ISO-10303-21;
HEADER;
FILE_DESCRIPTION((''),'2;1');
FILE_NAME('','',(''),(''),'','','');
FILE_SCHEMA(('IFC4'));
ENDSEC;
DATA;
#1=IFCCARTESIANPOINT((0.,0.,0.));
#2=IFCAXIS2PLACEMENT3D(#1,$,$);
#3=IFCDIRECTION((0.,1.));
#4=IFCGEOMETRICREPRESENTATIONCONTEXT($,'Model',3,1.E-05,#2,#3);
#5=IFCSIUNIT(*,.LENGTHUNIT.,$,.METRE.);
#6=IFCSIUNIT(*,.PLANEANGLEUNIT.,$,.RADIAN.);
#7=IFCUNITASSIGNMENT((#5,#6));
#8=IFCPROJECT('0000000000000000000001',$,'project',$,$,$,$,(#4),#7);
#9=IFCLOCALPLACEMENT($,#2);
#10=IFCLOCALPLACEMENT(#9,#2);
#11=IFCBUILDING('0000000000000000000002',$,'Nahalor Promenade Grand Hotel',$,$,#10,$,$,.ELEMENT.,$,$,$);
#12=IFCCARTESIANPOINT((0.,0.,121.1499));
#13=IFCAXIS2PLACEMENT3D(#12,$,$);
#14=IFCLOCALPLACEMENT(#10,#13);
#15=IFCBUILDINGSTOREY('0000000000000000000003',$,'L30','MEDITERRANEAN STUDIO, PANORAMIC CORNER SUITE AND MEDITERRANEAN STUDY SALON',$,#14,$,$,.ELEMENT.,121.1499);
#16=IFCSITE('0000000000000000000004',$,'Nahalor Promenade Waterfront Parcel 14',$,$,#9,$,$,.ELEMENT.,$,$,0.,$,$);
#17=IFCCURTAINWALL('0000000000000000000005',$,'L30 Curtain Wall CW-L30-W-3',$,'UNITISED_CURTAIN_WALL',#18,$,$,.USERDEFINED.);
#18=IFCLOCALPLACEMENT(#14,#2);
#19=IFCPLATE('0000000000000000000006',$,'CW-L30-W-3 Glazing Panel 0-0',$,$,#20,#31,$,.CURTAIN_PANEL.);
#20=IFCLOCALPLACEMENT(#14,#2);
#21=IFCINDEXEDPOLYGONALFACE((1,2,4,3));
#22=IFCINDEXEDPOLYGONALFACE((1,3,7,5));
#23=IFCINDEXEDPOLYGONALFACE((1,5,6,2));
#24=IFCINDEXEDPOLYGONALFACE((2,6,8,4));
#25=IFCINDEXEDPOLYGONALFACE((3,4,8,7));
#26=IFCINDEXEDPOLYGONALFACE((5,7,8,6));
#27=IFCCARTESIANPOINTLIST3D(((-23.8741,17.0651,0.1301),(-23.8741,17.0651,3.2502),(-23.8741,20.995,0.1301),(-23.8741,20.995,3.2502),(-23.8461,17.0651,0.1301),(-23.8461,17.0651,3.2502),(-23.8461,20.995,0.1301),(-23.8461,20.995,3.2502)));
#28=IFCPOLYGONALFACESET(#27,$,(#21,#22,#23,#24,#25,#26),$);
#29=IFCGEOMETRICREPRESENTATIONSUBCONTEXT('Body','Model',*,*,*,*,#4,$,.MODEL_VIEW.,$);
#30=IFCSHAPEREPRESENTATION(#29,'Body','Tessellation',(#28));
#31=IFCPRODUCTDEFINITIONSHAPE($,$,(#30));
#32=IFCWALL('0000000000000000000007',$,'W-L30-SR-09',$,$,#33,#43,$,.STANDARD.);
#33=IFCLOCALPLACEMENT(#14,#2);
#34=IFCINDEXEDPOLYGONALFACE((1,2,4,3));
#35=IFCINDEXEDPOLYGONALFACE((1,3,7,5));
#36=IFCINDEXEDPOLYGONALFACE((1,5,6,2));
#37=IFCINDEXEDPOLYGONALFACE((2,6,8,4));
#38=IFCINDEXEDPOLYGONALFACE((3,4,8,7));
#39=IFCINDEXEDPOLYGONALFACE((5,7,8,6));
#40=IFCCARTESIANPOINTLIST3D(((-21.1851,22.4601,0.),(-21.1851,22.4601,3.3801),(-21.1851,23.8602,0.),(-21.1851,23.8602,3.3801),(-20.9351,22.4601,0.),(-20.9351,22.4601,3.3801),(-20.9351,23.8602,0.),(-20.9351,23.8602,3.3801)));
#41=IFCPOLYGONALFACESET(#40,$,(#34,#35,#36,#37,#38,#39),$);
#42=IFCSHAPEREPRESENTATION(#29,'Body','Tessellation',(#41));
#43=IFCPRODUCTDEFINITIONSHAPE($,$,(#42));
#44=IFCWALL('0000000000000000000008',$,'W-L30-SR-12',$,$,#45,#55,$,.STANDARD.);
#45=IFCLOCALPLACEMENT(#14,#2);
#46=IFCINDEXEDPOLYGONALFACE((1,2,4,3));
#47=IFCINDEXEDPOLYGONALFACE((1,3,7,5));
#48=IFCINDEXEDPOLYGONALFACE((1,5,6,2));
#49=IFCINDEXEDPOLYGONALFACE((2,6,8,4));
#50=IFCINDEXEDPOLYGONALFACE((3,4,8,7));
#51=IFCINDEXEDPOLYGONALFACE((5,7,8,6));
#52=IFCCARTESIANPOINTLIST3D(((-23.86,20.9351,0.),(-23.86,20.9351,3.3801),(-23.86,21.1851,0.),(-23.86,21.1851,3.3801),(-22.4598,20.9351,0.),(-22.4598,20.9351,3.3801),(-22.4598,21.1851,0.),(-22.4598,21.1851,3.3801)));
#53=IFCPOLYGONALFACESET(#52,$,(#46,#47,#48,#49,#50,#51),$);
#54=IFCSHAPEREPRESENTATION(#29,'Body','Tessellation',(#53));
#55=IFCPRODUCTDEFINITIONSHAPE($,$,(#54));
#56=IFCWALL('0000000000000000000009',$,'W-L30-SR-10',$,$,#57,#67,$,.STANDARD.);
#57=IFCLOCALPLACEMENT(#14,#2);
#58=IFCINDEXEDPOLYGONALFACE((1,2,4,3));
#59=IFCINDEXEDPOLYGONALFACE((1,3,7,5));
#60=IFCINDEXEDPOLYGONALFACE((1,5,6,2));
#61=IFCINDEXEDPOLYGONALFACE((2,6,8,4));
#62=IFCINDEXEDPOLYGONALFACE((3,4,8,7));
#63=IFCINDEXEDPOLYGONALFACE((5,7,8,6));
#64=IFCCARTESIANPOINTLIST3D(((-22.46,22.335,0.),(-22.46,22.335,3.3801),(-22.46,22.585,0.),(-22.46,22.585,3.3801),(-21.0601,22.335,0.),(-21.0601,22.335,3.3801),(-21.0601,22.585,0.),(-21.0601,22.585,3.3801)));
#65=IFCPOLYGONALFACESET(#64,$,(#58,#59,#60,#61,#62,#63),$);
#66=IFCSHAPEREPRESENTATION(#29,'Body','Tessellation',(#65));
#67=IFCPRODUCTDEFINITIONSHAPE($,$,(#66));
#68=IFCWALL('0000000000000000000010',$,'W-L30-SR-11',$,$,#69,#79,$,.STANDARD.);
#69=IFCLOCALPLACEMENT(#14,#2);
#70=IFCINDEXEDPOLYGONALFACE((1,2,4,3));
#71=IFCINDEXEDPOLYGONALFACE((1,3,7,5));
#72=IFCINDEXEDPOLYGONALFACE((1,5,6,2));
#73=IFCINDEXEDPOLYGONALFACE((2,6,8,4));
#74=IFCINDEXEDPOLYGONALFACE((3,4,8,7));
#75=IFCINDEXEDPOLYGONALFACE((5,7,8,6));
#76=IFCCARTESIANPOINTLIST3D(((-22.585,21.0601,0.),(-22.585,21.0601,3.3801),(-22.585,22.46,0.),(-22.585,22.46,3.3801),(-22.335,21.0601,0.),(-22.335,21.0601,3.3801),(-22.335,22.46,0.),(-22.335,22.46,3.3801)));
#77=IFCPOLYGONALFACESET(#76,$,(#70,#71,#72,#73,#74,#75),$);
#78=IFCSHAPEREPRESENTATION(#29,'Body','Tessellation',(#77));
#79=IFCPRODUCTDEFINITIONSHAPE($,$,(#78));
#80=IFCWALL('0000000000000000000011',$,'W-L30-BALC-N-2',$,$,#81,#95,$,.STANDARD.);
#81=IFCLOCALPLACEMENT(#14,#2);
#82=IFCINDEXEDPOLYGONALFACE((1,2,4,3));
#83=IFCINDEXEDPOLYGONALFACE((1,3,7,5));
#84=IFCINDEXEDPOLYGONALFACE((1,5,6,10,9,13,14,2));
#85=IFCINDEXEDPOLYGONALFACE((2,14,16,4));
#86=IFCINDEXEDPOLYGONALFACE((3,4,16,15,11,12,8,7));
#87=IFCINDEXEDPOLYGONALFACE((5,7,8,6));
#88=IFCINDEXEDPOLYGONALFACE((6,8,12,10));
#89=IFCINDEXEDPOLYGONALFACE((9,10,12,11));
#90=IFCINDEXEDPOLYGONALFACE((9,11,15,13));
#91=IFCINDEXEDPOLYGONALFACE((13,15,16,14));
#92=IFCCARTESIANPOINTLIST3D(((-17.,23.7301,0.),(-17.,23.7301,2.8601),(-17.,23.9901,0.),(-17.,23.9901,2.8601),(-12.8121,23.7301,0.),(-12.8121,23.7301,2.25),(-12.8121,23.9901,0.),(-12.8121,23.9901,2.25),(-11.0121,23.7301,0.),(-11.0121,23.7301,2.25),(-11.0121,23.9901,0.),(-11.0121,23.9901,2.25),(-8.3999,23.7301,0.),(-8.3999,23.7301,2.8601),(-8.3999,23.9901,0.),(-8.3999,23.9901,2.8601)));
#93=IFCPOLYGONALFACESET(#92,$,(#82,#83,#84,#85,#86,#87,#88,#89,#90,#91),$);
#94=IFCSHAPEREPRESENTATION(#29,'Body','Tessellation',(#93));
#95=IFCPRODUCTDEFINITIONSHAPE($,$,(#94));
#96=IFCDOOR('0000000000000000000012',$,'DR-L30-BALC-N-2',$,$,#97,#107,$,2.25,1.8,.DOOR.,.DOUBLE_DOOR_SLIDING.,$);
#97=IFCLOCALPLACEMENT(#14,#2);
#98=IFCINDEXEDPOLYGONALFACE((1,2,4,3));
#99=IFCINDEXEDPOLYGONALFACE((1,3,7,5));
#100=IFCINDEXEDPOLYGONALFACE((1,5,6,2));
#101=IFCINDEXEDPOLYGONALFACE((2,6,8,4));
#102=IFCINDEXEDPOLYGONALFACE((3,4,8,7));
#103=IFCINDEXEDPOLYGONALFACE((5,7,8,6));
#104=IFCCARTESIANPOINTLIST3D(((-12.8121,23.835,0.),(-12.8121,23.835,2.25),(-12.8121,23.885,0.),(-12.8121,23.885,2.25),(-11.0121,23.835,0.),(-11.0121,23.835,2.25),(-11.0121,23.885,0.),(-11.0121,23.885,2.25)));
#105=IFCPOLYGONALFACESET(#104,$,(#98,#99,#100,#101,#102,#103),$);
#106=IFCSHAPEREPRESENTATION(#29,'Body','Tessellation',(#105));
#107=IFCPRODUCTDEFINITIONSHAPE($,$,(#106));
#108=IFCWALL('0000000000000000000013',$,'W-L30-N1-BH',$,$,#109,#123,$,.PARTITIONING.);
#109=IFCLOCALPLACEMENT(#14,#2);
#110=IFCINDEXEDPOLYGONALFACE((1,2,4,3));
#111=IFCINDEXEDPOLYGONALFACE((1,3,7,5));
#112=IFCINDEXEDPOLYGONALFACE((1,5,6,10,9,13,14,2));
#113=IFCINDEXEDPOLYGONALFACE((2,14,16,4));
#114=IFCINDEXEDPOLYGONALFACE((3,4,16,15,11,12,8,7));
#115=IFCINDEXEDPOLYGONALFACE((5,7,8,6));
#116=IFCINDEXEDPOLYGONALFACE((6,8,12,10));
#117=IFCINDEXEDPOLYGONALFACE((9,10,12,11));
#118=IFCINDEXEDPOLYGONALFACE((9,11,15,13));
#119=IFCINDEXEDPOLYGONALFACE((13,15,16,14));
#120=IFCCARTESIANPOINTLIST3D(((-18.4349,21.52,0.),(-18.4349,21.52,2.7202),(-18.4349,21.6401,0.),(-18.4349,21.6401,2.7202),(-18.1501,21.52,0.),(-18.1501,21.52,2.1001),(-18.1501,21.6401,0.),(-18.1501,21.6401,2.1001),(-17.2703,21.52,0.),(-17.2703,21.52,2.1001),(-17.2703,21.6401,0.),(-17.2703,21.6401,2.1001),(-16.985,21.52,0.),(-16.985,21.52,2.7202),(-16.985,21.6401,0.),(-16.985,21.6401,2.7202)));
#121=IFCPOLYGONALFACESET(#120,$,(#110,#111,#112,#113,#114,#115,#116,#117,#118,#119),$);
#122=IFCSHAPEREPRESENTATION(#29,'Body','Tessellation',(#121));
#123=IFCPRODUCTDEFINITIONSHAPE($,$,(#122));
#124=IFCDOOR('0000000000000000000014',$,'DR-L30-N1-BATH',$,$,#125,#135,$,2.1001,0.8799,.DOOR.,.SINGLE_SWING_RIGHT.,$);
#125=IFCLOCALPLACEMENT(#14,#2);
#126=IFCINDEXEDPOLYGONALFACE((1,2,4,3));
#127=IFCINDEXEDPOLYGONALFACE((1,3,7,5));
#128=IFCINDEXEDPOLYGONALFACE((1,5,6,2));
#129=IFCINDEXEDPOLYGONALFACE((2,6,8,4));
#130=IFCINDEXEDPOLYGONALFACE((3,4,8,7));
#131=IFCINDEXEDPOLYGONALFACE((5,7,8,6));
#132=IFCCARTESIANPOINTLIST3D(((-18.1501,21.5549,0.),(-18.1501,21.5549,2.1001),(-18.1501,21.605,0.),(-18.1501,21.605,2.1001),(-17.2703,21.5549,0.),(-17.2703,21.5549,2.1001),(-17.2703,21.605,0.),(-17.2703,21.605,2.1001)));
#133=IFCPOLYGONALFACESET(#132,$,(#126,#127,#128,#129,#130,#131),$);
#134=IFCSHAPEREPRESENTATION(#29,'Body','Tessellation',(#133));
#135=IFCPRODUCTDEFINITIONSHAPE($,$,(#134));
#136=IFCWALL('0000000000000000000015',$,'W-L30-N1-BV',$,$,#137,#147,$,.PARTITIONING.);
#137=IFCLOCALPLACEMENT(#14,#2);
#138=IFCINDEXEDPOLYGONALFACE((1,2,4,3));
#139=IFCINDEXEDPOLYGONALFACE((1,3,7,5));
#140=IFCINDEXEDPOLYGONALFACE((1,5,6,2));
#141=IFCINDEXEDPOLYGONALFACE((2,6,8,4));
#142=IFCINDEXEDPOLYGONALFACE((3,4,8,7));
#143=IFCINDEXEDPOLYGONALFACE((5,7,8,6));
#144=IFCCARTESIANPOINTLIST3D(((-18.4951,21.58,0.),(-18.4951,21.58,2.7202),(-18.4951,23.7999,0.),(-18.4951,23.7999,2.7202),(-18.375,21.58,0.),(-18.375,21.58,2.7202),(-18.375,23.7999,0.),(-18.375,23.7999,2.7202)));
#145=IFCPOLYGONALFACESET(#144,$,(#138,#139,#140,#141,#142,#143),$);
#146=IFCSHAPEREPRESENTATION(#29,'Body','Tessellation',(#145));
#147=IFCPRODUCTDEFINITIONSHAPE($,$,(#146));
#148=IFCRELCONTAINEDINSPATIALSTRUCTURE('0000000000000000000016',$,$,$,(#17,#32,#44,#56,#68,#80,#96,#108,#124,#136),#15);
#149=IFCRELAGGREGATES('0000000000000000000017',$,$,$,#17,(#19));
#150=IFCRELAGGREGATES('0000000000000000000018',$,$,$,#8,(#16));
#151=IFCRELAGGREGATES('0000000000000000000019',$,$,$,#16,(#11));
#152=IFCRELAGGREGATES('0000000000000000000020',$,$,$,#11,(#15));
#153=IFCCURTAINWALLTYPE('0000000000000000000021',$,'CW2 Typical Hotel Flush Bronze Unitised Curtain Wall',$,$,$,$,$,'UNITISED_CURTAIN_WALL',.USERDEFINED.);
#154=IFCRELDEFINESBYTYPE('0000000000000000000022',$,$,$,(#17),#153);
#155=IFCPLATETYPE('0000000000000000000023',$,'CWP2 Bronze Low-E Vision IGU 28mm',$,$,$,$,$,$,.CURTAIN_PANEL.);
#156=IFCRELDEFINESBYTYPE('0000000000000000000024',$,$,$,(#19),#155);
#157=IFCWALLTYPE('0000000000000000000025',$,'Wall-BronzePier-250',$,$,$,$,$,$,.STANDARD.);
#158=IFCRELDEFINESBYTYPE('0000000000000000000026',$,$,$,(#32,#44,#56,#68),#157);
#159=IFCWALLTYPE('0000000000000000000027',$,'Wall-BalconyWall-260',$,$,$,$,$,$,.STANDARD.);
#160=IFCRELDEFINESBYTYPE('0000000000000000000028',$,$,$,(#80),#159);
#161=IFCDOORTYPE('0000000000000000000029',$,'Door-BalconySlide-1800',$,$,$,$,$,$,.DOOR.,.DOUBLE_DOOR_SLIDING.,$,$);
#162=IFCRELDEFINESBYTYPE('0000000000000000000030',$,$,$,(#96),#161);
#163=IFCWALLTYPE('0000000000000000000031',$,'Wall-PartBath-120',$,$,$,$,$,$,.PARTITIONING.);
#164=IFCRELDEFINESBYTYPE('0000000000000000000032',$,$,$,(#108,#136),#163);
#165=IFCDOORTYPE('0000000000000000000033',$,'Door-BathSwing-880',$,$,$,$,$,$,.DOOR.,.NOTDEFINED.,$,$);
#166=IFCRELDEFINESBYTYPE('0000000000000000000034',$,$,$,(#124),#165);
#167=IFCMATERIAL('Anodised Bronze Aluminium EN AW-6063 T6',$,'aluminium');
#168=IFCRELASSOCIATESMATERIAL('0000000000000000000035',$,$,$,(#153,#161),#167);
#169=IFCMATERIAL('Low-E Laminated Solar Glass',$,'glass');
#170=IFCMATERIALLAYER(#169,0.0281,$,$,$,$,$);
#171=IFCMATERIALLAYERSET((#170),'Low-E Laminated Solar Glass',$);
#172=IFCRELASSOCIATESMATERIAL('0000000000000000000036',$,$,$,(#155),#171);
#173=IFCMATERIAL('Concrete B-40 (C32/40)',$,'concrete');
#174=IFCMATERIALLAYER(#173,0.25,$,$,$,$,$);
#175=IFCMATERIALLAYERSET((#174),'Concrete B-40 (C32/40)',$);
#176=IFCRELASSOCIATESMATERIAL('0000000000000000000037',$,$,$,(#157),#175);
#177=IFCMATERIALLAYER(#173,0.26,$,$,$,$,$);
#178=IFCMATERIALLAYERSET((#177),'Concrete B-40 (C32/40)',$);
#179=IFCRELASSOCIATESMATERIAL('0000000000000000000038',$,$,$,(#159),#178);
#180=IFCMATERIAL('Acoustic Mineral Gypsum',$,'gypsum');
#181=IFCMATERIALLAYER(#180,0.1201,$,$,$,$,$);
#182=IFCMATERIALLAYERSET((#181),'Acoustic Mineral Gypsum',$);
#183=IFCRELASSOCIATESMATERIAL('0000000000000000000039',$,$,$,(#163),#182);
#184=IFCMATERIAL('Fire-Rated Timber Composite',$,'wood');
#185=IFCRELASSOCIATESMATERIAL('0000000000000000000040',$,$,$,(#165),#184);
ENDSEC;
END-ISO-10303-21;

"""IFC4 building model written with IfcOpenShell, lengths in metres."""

from ifc_helpers import new_model, si_unit, direction, frame, frame_2d, origin, origin_2d, place, context, subcontext, project, spatial, rectangle, extrude, source, transform, mapped, material, layer, layer_set, type_object, element, fill, aggregate, save


model = new_model("IFC4")

# Units and contexts
model_context = context("Model", 3, precision=1e-05, world=origin(), true_north=direction((0.0, 1.0)))
body_context = subcontext(model_context, "Body", "Model", "MODEL_VIEW")
ifc_project = project(units=[si_unit("LENGTHUNIT", "METRE"), si_unit("PLANEANGLEUNIT", "RADIAN")], contexts=[model_context])

# Site, building, storey
site_placement = place(None, origin())
site = spatial("IfcSite", under=ifc_project, at=site_placement, Name="Nahalor Promenade Waterfront Parcel 14", CompositionType="ELEMENT", RefElevation=0.0)
building_placement = place(site_placement, origin())
building = spatial("IfcBuilding", under=site, at=building_placement, Name="Nahalor Promenade Grand Hotel", CompositionType="ELEMENT")
storey_placement = place(building_placement, frame((0.0, 0.0, 121.1499)))
storey = spatial("IfcBuildingStorey", under=building, at=storey_placement, Name="L30", Description="MEDITERRANEAN STUDIO, PANORAMIC CORNER SUITE AND MEDITERRANEAN STUDY SALON", CompositionType="ELEMENT", Elevation=121.1499)

# Curtain wall
ifc_material_1 = material(Name="Anodised Bronze Aluminium EN AW-6063 T6", Category="aluminium")
curtain_wall_type = type_object("IfcCurtainWallType", Name="CW2 Typical Hotel Flush Bronze Unitised Curtain Wall", ElementType="UNITISED_CURTAIN_WALL", PredefinedType="USERDEFINED", material=ifc_material_1)
curtain_wall_1_placement = place(storey_placement, origin())
curtain_wall_1 = element("IfcCurtainWall", 1, at=curtain_wall_1_placement, inside=storey, type_object=curtain_wall_type, Name="L30 Curtain Wall CW-L30-W-3", ObjectType="UNITISED_CURTAIN_WALL", PredefinedType="USERDEFINED")

# Plate
ifc_material_2 = material(Name="Low-E Laminated Solar Glass", Category="glass")
ifc_layer_1 = layer(ifc_material_2, 0.0281)
ifc_layer_set_1 = layer_set([ifc_layer_1], Name="Low-E Laminated Solar Glass")
plate_type = type_object("IfcPlateType", Name="CWP2 Bronze Low-E Vision IGU 28mm", PredefinedType="CURTAIN_PANEL", material=ifc_layer_set_1)
shared_shape_1 = source(origin(), body_context, "Body", "SweptSolid", [
    extrude(rectangle(XDim=3.9299, YDim=0.0281, at=origin_2d()), origin(), (0.0, 0.0, 1.0), 3.1201),
])
plate_1_placement = place(storey_placement, frame((-23.8601, 19.03, 0.1301), z_axis=(0.0, 0.0, 1.0), x_axis=(0.0, 1.0, 0.0)))
plate_1 = element("IfcPlate", 2, at=plate_1_placement, type_object=plate_type, Name="CW-L30-W-3 Glazing Panel 0-0", PredefinedType="CURTAIN_PANEL", context=body_context, shape_type="MappedRepresentation", body=[
    mapped(shared_shape_1, transform((0.0, 0.0, 0.0), scale=1.0)),
])
aggregate(curtain_wall_1, [plate_1])

# Walls
ifc_material_3 = material(Name="Concrete B-40 (C32/40)", Category="concrete")
ifc_layer_2 = layer(ifc_material_3, 0.25)
ifc_layer_set_2 = layer_set([ifc_layer_2], Name="Concrete B-40 (C32/40)")
wall_type_1 = type_object("IfcWallType", Name="Wall-BronzePier-250", PredefinedType="STANDARD", material=ifc_layer_set_2)
shared_shape_2 = source(origin(), body_context, "Body", "SweptSolid", [
    extrude(rectangle(XDim=1.4001, YDim=0.25, at=frame_2d((0.7002, 0.0))), origin(), (0.0, 0.0, 1.0), 3.3801),
])
for number, where, z_axis, x_axis, name in (
    (3, (-21.0601, 22.46, 0.0), (0.0, 0.0, 1.0), (0.0, 1.0, 0.0), "W-L30-SR-09"),
    (4, (-23.8601, 21.0601, 0.0), (0.0, 0.0, 1.0), (1.0, 0.0, 0.0), "W-L30-SR-12"),
):
    element("IfcWall", number, at=place(storey_placement, frame(where, z_axis=z_axis, x_axis=x_axis)), inside=storey, type_object=wall_type_1, Name=name, PredefinedType="STANDARD", context=body_context, shape_type="MappedRepresentation", body=[
        mapped(shared_shape_2, transform((0.0, 0.0, 0.0), scale=1.0)),
    ])
shared_shape_3 = source(origin(), body_context, "Body", "SweptSolid", [
    extrude(rectangle(XDim=1.3999, YDim=0.25, at=frame_2d((0.7, 0.0))), origin(), (0.0, 0.0, 1.0), 3.3801),
])
for number, where, z_axis, x_axis, name in (
    (5, (-22.46, 22.46, 0.0), (0.0, 0.0, 1.0), (1.0, 0.0, 0.0), "W-L30-SR-10"),
    (6, (-22.46, 21.0601, 0.0), (0.0, 0.0, 1.0), (0.0, 1.0, 0.0), "W-L30-SR-11"),
):
    element("IfcWall", number, at=place(storey_placement, frame(where, z_axis=z_axis, x_axis=x_axis)), inside=storey, type_object=wall_type_1, Name=name, PredefinedType="STANDARD", context=body_context, shape_type="MappedRepresentation", body=[
        mapped(shared_shape_3, transform((0.0, 0.0, 0.0), scale=1.0)),
    ])

# Walls, openings, doors
ifc_layer_3 = layer(ifc_material_3, 0.26)
ifc_layer_set_3 = layer_set([ifc_layer_3], Name="Concrete B-40 (C32/40)")
wall_type_2 = type_object("IfcWallType", Name="Wall-BalconyWall-260", PredefinedType="STANDARD", material=ifc_layer_set_3)
shared_shape_4 = source(origin(), body_context, "Body", "SweptSolid", [
    extrude(rectangle(XDim=8.6001, YDim=0.26, at=frame_2d((4.3, 0.0))), origin(), (0.0, 0.0, 1.0), 2.8601),
])
wall_1_placement = place(storey_placement, frame((-17.0, 23.8601, 0.0), z_axis=(0.0, 0.0, 1.0), x_axis=(1.0, 0.0, 0.0)))
wall_1 = element("IfcWall", 7, at=wall_1_placement, inside=storey, type_object=wall_type_2, Name="W-L30-BALC-N-2", PredefinedType="STANDARD", context=body_context, shape_type="MappedRepresentation", body=[
    mapped(shared_shape_4, transform((0.0, 0.0, 0.0), scale=1.0)),
])
opening_1_placement = place(wall_1_placement, frame((4.188, 0.0, 0.0)))
opening_1 = element("IfcOpeningElement", 8, at=opening_1_placement, cuts=wall_1, PredefinedType="OPENING", context=body_context, shape_type="SweptSolid", body=[
    extrude(rectangle(XDim=1.8, YDim=2.25, at=frame_2d((0.8999, 1.125))), frame((0.0, 0.1399, 0.0), z_axis=(0.0, -1.0, 0.0), x_axis=(1.0, 0.0, 0.0)), (0.0, 0.0, 1.0), 0.28),
])
door_type_1 = type_object("IfcDoorType", Name="Door-BalconySlide-1800", OperationType="DOUBLE_DOOR_SLIDING", PredefinedType="DOOR", material=ifc_material_1)
shared_shape_5 = source(origin(), body_context, "Body", "SweptSolid", [
    extrude(rectangle(XDim=1.8, YDim=2.25, at=frame_2d((0.8999, 1.125))), frame((0.0, 0.0249, 0.0), z_axis=(0.0, -1.0, 0.0), x_axis=(1.0, 0.0, 0.0)), (0.0, 0.0, 1.0), 0.05),
])
door_1_placement = place(opening_1_placement, origin())
door_1 = element("IfcDoor", 9, at=door_1_placement, inside=storey, type_object=door_type_1, Name="DR-L30-BALC-N-2", OperationType="DOUBLE_DOOR_SLIDING", OverallHeight=2.25, OverallWidth=1.8, PredefinedType="DOOR", context=body_context, shape_type="MappedRepresentation", body=[
    mapped(shared_shape_5, transform((0.0, 0.0, 0.0), scale=1.0)),
])
fill(opening_1, door_1)
ifc_material_4 = material(Name="Acoustic Mineral Gypsum", Category="gypsum")
ifc_layer_4 = layer(ifc_material_4, 0.1201)
ifc_layer_set_4 = layer_set([ifc_layer_4], Name="Acoustic Mineral Gypsum")
wall_type_3 = type_object("IfcWallType", Name="Wall-PartBath-120", PredefinedType="PARTITIONING", material=ifc_layer_set_4)
shared_shape_6 = source(origin(), body_context, "Body", "SweptSolid", [
    extrude(rectangle(XDim=1.45, YDim=0.1201, at=frame_2d((0.7251, 0.0))), origin(), (0.0, 0.0, 1.0), 2.7202),
])
wall_2_placement = place(storey_placement, frame((-18.4351, 21.5801, 0.0), z_axis=(0.0, 0.0, 1.0), x_axis=(1.0, 0.0, 0.0)))
wall_2 = element("IfcWall", 10, at=wall_2_placement, inside=storey, type_object=wall_type_3, Name="W-L30-N1-BH", PredefinedType="PARTITIONING", context=body_context, shape_type="MappedRepresentation", body=[
    mapped(shared_shape_6, transform((0.0, 0.0, 0.0), scale=1.0)),
])
opening_2_placement = place(wall_2_placement, frame((0.2849, 0.0, 0.0)))
opening_2 = element("IfcOpeningElement", 11, at=opening_2_placement, cuts=wall_2, PredefinedType="OPENING", context=body_context, shape_type="SweptSolid", body=[
    extrude(rectangle(XDim=0.8799, YDim=2.1001, at=frame_2d((0.4399, 1.05))), frame((0.0, 0.0701, 0.0), z_axis=(0.0, -1.0, 0.0), x_axis=(1.0, 0.0, 0.0)), (0.0, 0.0, 1.0), 0.1401),
])
ifc_material_5 = material(Name="Fire-Rated Timber Composite", Category="wood")
door_type_2 = type_object("IfcDoorType", Name="Door-BathSwing-880", OperationType="NOTDEFINED", PredefinedType="DOOR", material=ifc_material_5)
shared_shape_7 = source(origin(), body_context, "Body", "SweptSolid", [
    extrude(rectangle(XDim=0.8799, YDim=2.1001, at=frame_2d((0.4399, 1.05))), frame((0.0, 0.0249, 0.0), z_axis=(0.0, -1.0, 0.0), x_axis=(1.0, 0.0, 0.0)), (0.0, 0.0, 1.0), 0.05),
])
door_2_placement = place(opening_2_placement, origin())
door_2 = element("IfcDoor", 12, at=door_2_placement, inside=storey, type_object=door_type_2, Name="DR-L30-N1-BATH", OperationType="SINGLE_SWING_RIGHT", OverallHeight=2.1001, OverallWidth=0.8799, PredefinedType="DOOR", context=body_context, shape_type="MappedRepresentation", body=[
    mapped(shared_shape_7, transform((0.0, 0.0, 0.0), scale=1.0)),
])
fill(opening_2, door_2)

# Wall
shared_shape_8 = source(origin(), body_context, "Body", "SweptSolid", [
    extrude(rectangle(XDim=2.22, YDim=0.1201, at=frame_2d((1.1099, 0.0))), origin(), (0.0, 0.0, 1.0), 2.7202),
])
wall_3_placement = place(storey_placement, frame((-18.4351, 21.5801, 0.0), z_axis=(0.0, 0.0, 1.0), x_axis=(0.0, 1.0, 0.0)))
element("IfcWall", 13, at=wall_3_placement, inside=storey, type_object=wall_type_3, Name="W-L30-N1-BV", PredefinedType="PARTITIONING", context=body_context, shape_type="MappedRepresentation", body=[
    mapped(shared_shape_8, transform((0.0, 0.0, 0.0), scale=1.0)),
])

save(model, "model.ifc")
